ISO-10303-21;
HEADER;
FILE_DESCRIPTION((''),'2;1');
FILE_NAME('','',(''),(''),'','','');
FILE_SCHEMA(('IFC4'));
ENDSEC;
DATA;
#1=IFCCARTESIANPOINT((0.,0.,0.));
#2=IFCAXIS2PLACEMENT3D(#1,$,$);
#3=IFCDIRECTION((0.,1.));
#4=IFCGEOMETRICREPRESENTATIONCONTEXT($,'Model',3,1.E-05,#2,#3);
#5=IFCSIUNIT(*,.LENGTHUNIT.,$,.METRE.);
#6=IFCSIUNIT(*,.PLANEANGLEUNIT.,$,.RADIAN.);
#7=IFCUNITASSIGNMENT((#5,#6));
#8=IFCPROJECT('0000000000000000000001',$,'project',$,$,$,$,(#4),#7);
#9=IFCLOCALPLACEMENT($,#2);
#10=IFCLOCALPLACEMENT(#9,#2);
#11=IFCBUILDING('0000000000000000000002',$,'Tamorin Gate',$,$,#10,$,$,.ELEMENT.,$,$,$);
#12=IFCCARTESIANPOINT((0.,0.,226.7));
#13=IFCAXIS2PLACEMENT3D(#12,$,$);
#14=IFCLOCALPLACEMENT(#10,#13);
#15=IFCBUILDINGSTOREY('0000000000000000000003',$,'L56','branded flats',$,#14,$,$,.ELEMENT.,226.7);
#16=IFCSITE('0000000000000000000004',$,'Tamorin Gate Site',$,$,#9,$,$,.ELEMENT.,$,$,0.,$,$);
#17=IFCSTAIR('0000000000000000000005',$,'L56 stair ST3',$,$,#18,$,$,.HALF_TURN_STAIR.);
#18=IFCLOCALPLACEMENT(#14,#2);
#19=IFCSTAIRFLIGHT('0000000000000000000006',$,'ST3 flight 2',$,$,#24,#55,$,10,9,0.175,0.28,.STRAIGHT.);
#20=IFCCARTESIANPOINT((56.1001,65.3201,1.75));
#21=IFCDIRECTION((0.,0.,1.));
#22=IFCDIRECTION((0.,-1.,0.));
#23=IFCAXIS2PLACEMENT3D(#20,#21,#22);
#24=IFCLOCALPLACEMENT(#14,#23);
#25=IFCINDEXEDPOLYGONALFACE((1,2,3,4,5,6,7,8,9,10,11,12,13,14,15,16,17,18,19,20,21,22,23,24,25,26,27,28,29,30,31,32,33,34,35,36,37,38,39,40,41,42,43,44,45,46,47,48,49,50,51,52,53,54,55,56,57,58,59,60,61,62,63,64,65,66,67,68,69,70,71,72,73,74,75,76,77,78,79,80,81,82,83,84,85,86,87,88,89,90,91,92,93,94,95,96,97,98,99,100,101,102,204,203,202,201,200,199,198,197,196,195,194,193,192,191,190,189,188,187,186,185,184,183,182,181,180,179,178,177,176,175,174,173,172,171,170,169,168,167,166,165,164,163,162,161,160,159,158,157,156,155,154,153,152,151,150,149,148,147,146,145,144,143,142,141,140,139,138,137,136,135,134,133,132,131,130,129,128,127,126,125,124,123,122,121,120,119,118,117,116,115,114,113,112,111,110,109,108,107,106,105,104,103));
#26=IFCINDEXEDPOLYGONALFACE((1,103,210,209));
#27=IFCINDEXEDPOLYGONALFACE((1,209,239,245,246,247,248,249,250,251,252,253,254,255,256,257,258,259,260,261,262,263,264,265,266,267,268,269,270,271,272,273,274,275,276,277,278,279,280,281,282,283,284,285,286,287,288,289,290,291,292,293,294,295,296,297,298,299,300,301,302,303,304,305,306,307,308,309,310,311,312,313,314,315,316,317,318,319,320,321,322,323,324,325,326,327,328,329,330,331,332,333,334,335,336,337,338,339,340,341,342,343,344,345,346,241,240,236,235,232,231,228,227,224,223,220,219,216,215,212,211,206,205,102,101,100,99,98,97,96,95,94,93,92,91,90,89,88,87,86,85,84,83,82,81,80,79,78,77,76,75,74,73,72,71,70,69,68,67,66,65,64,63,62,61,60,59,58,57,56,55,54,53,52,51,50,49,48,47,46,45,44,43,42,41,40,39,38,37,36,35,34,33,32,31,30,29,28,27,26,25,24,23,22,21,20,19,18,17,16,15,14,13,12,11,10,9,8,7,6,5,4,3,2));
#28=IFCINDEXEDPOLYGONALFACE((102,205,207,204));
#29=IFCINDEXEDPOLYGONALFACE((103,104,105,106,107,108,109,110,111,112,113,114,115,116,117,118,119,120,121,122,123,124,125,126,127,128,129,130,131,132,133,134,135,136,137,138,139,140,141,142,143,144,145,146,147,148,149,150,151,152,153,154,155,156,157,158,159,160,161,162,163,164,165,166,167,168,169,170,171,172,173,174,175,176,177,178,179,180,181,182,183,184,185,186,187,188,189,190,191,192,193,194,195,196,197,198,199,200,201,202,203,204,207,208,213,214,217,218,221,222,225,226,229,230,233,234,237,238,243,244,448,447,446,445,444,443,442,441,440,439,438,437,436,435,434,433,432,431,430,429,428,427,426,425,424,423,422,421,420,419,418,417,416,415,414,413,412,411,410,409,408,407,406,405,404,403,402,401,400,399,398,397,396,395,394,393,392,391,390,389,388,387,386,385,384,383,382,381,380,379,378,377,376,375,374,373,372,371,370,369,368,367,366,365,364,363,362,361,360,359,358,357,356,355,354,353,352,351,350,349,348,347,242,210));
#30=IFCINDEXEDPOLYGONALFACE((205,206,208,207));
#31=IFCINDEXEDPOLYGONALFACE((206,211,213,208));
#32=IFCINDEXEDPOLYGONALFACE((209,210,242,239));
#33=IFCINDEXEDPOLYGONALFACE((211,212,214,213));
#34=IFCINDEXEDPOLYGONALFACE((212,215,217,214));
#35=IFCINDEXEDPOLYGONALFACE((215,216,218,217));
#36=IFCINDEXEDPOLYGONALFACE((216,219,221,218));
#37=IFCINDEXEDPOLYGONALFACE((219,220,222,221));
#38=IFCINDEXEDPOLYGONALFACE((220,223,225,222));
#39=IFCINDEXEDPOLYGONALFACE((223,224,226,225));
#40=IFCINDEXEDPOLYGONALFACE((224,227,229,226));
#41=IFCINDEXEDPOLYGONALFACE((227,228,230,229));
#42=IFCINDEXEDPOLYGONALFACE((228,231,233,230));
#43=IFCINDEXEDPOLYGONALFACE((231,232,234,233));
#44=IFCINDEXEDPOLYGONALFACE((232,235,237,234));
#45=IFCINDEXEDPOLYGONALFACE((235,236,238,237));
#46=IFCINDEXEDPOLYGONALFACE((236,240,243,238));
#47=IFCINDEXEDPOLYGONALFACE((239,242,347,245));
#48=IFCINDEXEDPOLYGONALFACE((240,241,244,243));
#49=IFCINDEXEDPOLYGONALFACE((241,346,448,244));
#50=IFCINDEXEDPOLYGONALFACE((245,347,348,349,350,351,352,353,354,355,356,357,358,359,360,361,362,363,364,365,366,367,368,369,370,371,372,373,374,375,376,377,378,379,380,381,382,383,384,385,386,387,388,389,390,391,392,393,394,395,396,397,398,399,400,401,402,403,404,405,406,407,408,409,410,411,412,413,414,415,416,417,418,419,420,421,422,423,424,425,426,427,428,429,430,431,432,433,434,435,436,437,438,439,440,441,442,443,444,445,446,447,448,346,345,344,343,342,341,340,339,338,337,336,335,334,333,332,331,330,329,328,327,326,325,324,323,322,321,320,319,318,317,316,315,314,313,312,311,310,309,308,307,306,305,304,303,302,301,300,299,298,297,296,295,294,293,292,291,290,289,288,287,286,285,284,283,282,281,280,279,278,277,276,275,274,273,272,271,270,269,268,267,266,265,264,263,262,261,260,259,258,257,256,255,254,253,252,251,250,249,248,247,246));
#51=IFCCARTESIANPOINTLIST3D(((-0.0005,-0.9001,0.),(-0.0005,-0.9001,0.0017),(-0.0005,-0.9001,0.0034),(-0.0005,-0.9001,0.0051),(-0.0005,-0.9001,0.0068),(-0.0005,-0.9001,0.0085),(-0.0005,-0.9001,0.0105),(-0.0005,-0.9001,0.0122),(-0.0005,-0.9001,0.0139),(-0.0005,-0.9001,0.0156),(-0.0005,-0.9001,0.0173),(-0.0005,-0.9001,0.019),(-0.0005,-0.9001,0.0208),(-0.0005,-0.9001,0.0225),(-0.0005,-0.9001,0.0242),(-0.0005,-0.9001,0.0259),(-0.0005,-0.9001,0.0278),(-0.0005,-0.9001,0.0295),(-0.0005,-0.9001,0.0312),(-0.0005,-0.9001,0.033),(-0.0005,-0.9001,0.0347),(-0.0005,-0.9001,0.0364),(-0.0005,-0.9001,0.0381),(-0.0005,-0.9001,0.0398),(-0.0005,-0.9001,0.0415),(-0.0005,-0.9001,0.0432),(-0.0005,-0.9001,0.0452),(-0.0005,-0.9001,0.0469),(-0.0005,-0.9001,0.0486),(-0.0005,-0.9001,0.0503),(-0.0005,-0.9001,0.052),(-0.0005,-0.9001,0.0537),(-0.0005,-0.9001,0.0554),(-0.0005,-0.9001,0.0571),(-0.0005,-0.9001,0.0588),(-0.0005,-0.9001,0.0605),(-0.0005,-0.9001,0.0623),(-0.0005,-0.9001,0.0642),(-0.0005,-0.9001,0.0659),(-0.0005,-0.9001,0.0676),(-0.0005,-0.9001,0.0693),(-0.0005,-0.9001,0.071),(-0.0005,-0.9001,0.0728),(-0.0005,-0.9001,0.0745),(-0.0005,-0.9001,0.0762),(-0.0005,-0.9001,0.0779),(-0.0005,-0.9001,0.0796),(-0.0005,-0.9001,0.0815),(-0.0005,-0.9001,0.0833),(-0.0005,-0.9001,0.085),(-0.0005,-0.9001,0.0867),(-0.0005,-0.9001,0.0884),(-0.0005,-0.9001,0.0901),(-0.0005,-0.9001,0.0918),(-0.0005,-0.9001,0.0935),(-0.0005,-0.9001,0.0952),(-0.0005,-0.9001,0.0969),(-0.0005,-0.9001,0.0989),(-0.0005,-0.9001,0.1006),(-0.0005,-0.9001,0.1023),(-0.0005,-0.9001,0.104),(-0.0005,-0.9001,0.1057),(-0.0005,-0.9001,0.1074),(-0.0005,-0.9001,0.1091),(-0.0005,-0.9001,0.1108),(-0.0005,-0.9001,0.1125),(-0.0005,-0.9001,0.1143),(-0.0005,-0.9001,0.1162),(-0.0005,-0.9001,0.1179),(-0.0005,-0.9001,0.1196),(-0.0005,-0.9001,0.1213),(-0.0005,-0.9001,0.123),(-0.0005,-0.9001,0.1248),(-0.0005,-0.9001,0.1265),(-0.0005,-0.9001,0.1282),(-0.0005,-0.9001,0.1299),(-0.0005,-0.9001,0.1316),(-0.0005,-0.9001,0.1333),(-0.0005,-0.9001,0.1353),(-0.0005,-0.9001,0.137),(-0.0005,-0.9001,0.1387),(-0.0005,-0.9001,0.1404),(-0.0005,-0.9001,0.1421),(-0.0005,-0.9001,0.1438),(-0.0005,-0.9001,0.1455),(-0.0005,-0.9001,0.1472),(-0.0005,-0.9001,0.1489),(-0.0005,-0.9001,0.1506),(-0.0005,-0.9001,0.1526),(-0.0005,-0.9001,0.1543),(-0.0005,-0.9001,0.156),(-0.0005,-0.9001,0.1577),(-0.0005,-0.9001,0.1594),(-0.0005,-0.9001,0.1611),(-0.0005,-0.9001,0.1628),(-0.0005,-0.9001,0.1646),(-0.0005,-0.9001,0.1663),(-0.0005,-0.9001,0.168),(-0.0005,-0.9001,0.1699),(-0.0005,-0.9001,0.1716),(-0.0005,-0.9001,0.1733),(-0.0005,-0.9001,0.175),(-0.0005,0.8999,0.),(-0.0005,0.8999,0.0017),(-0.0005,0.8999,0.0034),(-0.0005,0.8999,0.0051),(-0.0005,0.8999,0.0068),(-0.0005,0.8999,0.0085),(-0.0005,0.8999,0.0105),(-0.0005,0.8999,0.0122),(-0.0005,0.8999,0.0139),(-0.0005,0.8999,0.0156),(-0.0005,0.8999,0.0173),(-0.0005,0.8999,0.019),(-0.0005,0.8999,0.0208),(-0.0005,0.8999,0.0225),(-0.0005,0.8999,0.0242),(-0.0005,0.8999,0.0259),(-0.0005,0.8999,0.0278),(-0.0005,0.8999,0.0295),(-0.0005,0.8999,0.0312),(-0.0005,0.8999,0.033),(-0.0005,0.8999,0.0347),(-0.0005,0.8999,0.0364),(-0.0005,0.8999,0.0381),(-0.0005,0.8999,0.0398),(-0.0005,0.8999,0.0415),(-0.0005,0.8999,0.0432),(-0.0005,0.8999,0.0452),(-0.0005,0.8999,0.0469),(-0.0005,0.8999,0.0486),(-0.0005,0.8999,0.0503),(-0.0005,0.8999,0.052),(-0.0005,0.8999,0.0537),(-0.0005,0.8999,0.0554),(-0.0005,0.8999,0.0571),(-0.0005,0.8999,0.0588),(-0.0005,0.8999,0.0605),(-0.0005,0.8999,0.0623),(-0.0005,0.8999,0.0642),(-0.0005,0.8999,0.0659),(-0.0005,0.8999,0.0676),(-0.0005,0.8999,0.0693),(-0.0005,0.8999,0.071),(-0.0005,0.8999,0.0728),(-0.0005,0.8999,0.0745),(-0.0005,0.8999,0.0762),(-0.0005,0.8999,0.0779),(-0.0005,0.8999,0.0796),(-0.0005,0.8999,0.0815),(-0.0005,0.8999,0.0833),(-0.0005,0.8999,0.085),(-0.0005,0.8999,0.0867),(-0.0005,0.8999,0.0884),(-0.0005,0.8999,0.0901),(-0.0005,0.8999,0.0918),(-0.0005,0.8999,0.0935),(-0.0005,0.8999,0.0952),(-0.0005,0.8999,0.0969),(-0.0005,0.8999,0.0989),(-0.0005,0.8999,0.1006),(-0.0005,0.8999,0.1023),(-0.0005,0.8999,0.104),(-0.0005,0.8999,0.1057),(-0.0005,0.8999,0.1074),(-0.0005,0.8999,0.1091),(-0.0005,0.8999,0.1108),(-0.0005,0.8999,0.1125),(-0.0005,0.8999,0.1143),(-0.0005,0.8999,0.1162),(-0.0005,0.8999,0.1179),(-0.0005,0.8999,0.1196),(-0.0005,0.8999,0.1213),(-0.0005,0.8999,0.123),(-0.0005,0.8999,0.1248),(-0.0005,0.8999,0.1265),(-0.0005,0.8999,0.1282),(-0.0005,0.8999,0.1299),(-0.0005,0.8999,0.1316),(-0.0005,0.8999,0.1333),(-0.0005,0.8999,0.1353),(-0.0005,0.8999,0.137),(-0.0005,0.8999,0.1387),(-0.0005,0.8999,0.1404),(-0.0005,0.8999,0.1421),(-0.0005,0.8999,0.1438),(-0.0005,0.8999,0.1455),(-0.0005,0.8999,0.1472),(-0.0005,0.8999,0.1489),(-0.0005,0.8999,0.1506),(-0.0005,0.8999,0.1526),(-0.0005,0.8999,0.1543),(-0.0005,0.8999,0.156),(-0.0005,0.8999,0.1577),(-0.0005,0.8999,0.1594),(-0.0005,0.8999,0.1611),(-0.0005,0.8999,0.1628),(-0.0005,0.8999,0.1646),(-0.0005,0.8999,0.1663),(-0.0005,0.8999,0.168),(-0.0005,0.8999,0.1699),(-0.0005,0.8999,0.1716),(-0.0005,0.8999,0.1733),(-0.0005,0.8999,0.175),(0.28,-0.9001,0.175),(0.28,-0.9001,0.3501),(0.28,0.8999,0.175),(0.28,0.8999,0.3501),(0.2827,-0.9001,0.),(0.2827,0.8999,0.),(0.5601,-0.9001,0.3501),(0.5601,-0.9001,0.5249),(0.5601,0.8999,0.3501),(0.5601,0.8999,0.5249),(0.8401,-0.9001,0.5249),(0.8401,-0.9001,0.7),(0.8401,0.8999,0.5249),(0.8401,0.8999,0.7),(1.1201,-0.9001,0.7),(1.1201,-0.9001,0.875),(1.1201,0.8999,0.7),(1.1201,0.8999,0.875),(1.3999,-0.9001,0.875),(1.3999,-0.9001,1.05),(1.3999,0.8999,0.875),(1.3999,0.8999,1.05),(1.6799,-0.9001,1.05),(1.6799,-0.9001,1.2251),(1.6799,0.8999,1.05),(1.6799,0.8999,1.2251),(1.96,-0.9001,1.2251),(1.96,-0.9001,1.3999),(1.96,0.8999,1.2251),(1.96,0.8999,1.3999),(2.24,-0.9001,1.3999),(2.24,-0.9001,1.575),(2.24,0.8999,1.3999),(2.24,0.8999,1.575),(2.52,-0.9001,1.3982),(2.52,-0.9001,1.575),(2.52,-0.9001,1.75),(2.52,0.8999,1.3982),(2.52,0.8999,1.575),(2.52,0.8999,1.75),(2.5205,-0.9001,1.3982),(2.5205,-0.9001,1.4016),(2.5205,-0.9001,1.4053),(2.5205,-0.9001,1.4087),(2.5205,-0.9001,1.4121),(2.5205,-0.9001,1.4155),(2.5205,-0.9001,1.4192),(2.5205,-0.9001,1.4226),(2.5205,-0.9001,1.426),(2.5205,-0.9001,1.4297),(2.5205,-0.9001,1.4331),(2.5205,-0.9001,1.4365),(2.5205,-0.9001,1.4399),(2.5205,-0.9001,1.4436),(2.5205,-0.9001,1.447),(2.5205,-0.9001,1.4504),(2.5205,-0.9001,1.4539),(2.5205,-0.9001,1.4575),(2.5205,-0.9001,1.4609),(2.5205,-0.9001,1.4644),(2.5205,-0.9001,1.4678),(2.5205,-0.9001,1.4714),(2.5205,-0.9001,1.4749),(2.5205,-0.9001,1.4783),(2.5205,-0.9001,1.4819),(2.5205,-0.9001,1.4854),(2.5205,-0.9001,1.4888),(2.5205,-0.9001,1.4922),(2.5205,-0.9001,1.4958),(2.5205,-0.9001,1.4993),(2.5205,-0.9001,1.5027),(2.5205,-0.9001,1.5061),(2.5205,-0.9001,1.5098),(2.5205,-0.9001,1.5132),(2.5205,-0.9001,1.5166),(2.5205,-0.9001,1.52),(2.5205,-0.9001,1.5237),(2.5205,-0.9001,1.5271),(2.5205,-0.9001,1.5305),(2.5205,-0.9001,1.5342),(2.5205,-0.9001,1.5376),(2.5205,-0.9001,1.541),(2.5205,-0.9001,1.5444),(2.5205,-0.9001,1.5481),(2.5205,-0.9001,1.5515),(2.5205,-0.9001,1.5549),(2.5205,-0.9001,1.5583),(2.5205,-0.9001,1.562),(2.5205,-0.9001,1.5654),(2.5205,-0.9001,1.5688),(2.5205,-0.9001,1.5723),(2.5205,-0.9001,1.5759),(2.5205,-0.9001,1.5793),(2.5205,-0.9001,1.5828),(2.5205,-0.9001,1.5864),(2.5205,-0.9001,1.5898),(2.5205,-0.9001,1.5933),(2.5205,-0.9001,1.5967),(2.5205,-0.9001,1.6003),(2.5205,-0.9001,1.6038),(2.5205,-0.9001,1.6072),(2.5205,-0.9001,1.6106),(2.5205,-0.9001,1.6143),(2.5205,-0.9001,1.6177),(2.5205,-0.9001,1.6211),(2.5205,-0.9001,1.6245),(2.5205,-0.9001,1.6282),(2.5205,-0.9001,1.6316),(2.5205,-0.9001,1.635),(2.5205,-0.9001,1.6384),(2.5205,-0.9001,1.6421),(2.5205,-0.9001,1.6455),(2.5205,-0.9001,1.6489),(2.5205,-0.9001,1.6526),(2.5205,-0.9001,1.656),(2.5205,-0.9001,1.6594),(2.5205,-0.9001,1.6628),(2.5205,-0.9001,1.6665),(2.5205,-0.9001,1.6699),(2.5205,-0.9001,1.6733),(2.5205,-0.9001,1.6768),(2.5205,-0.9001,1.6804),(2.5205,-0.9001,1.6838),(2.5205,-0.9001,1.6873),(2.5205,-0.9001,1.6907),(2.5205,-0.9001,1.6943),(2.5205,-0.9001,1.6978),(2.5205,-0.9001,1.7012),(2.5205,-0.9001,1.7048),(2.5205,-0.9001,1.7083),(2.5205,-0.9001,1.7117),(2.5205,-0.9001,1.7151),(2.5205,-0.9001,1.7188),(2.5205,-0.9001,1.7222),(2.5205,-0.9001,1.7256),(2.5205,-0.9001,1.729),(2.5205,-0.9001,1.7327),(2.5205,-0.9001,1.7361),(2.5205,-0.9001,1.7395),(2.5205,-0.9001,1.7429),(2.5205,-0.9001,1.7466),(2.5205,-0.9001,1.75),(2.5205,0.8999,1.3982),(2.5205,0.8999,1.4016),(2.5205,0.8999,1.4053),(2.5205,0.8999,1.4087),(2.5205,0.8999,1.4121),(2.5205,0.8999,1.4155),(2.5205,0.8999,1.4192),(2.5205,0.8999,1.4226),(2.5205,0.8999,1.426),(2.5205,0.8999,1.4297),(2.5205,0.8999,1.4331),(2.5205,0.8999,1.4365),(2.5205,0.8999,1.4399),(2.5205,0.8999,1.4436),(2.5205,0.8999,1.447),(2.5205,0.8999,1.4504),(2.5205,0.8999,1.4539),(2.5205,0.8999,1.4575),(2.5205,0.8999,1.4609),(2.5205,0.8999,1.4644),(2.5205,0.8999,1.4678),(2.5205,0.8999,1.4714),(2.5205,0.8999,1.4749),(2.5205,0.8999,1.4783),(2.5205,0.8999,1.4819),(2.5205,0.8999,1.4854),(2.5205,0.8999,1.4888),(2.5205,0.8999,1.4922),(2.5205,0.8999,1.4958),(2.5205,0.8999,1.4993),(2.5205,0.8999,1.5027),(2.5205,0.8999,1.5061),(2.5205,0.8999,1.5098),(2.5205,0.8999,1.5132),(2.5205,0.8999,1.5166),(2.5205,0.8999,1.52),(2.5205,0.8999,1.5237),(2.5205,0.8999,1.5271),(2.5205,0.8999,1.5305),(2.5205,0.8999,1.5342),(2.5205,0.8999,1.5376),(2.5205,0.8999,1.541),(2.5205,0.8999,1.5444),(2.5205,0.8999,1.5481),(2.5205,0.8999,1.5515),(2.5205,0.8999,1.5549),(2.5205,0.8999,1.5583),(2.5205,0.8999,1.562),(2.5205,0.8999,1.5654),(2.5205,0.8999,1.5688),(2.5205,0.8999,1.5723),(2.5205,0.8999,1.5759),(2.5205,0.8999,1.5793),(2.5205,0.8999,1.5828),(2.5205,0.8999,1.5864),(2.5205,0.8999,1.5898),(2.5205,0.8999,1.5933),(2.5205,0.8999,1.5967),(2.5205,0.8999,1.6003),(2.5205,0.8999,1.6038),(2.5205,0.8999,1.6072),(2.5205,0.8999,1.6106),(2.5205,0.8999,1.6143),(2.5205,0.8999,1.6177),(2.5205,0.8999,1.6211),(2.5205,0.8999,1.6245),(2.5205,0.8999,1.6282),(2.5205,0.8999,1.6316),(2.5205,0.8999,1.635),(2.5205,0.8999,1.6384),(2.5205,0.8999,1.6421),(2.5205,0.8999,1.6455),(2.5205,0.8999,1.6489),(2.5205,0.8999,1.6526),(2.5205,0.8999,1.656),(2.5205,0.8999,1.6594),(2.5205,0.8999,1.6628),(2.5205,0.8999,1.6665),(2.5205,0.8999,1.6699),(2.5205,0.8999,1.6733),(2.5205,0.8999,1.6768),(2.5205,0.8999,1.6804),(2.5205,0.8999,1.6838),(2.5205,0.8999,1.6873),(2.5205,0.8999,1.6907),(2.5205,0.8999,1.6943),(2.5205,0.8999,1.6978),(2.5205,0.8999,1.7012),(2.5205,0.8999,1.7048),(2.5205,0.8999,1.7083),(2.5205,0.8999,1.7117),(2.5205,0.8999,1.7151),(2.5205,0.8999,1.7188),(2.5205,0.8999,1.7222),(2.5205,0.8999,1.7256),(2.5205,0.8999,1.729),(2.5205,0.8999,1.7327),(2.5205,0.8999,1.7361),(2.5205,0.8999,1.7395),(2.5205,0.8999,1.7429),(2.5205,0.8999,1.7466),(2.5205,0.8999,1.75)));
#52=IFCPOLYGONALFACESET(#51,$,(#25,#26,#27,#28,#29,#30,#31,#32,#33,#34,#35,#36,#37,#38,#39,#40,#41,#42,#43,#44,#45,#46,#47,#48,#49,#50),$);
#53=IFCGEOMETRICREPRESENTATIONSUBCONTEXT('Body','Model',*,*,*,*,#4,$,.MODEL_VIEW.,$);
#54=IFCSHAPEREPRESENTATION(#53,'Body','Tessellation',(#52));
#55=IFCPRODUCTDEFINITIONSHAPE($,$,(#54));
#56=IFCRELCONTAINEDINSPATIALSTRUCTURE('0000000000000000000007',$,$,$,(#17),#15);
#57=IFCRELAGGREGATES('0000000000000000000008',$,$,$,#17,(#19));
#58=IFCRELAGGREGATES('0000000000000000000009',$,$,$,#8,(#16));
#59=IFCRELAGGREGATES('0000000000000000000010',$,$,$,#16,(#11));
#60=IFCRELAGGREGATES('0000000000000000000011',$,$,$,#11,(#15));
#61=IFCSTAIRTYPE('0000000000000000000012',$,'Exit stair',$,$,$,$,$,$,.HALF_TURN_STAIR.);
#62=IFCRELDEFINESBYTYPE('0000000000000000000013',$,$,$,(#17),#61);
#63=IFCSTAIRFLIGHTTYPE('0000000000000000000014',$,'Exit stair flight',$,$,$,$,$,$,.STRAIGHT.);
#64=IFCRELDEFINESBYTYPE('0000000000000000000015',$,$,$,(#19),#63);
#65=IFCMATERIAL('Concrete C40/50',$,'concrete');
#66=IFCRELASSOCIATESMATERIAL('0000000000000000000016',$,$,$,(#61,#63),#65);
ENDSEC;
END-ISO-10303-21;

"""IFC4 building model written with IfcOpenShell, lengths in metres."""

from ifc_helpers import new_model, si_unit, direction, frame, origin, place, context, subcontext, project, spatial, polyline, outline, extrude, material, type_object, element, aggregate, save


model = new_model("IFC4")

# Units and contexts
model_context = context("Model", 3, precision=1e-05, world=origin(), true_north=direction((0.0, 1.0)))
body_context = subcontext(model_context, "Body", "Model", "MODEL_VIEW")
ifc_project = project(units=[si_unit("LENGTHUNIT", "METRE"), si_unit("PLANEANGLEUNIT", "RADIAN")], contexts=[model_context])

# Site, building, storey
site_placement = place(None, origin())
site = spatial("IfcSite", under=ifc_project, at=site_placement, Name="Tamorin Gate Site", CompositionType="ELEMENT", RefElevation=0.0)
building_placement = place(site_placement, origin())
building = spatial("IfcBuilding", under=site, at=building_placement, Name="Tamorin Gate", CompositionType="ELEMENT")
storey_placement = place(building_placement, frame((0.0, 0.0, 226.7)))
storey = spatial("IfcBuildingStorey", under=building, at=storey_placement, Name="L56", Description="branded flats", CompositionType="ELEMENT", Elevation=226.7)

# Shared definitions
ifc_material_1 = material(Name="Concrete C40/50", Category="concrete")

# Stair, stair flight
stair_type = type_object("IfcStairType", Name="Exit stair", PredefinedType="HALF_TURN_STAIR", material=ifc_material_1)
stair_placement = place(storey_placement, origin())
stair = element("IfcStair", 1, at=stair_placement, inside=storey, type_object=stair_type, Name="L56 stair ST3", PredefinedType="HALF_TURN_STAIR")
stair_flight_type = type_object("IfcStairFlightType", Name="Exit stair flight", PredefinedType="STRAIGHT", material=ifc_material_1)
stair_flight_1_placement = place(storey_placement, frame((56.1001, 65.3201, 1.75), z_axis=(0.0, 0.0, 1.0), x_axis=(0.0, -1.0, 0.0)))
stair_flight_1 = element("IfcStairFlight", 2, at=stair_flight_1_placement, type_object=stair_flight_type, Name="ST3 flight 2", NumberOfRisers=10, NumberOfTreads=9, PredefinedType="STRAIGHT", RiserHeight=0.175, TreadLength=0.28, context=body_context, shape_type="SweptSolid", body=[
    extrude(outline(polyline([(-0.0005, 0.0), (-0.0005, 0.0017), (-0.0005, 0.0034), (-0.0005, 0.0051), (-0.0005, 0.0068), (-0.0005, 0.0085), (-0.0005, 0.0105), (-0.0005, 0.0122), (-0.0005, 0.0139), (-0.0005, 0.0156), (-0.0005, 0.0173), (-0.0005, 0.019), (-0.0005, 0.0208), (-0.0005, 0.0225), (-0.0005, 0.0242), (-0.0005, 0.0259), (-0.0005, 0.0278), (-0.0005, 0.0295), (-0.0005, 0.0312), (-0.0005, 0.033), (-0.0005, 0.0347), (-0.0005, 0.0364), (-0.0005, 0.0381), (-0.0005, 0.0398), (-0.0005, 0.0415), (-0.0005, 0.0432), (-0.0005, 0.0452), (-0.0005, 0.0469), (-0.0005, 0.0486), (-0.0005, 0.0503), (-0.0005, 0.052), (-0.0005, 0.0537), (-0.0005, 0.0554), (-0.0005, 0.0571), (-0.0005, 0.0588), (-0.0005, 0.0605), (-0.0005, 0.0623), (-0.0005, 0.0642), (-0.0005, 0.0659), (-0.0005, 0.0676), (-0.0005, 0.0693), (-0.0005, 0.071), (-0.0005, 0.0728), (-0.0005, 0.0745), (-0.0005, 0.0762), (-0.0005, 0.0779), (-0.0005, 0.0796), (-0.0005, 0.0815), (-0.0005, 0.0833), (-0.0005, 0.085), (-0.0005, 0.0867), (-0.0005, 0.0884), (-0.0005, 0.0901), (-0.0005, 0.0918), (-0.0005, 0.0935), (-0.0005, 0.0952), (-0.0005, 0.0969), (-0.0005, 0.0989), (-0.0005, 0.1006), (-0.0005, 0.1023), (-0.0005, 0.104), (-0.0005, 0.1057), (-0.0005, 0.1074), (-0.0005, 0.1091), (-0.0005, 0.1108), (-0.0005, 0.1125), (-0.0005, 0.1143), (-0.0005, 0.1162), (-0.0005, 0.1179), (-0.0005, 0.1196), (-0.0005, 0.1213), (-0.0005, 0.123), (-0.0005, 0.1248), (-0.0005, 0.1265), (-0.0005, 0.1282), (-0.0005, 0.1299), (-0.0005, 0.1316), (-0.0005, 0.1333), (-0.0005, 0.1353), (-0.0005, 0.137), (-0.0005, 0.1387), (-0.0005, 0.1404), (-0.0005, 0.1421), (-0.0005, 0.1438), (-0.0005, 0.1455), (-0.0005, 0.1472), (-0.0005, 0.1489), (-0.0005, 0.1506), (-0.0005, 0.1526), (-0.0005, 0.1543), (-0.0005, 0.156), (-0.0005, 0.1577), (-0.0005, 0.1594), (-0.0005, 0.1611), (-0.0005, 0.1628), (-0.0005, 0.1646), (-0.0005, 0.1663), (-0.0005, 0.168), (-0.0005, 0.1699), (-0.0005, 0.1716), (-0.0005, 0.1733), (-0.0005, 0.175), (0.28, 0.175), (0.28, 0.3501), (0.5601, 0.3501), (0.5601, 0.5249), (0.8401, 0.5249), (0.8401, 0.7), (1.1201, 0.7), (1.1201, 0.875), (1.3999, 0.875), (1.3999, 1.05), (1.6799, 1.05), (1.6799, 1.2251), (1.96, 1.2251), (1.96, 1.3999), (2.24, 1.3999), (2.24, 1.575), (2.52, 1.575), (2.52, 1.75), (2.5205, 1.75), (2.5205, 1.7466), (2.5205, 1.7429), (2.5205, 1.7395), (2.5205, 1.7361), (2.5205, 1.7327), (2.5205, 1.729), (2.5205, 1.7256), (2.5205, 1.7222), (2.5205, 1.7188), (2.5205, 1.7151), (2.5205, 1.7117), (2.5205, 1.7083), (2.5205, 1.7048), (2.5205, 1.7012), (2.5205, 1.6978), (2.5205, 1.6943), (2.5205, 1.6907), (2.5205, 1.6873), (2.5205, 1.6838), (2.5205, 1.6804), (2.5205, 1.6768), (2.5205, 1.6733), (2.5205, 1.6699), (2.5205, 1.6665), (2.5205, 1.6628), (2.5205, 1.6594), (2.5205, 1.656), (2.5205, 1.6526), (2.5205, 1.6489), (2.5205, 1.6455), (2.5205, 1.6421), (2.5205, 1.6384), (2.5205, 1.635), (2.5205, 1.6316), (2.5205, 1.6282), (2.5205, 1.6245), (2.5205, 1.6211), (2.5205, 1.6177), (2.5205, 1.6143), (2.5205, 1.6106), (2.5205, 1.6072), (2.5205, 1.6038), (2.5205, 1.6003), (2.5205, 1.5967), (2.5205, 1.5933), (2.5205, 1.5898), (2.5205, 1.5864), (2.5205, 1.5828), (2.5205, 1.5793), (2.5205, 1.5759), (2.5205, 1.5723), (2.5205, 1.5688), (2.5205, 1.5654), (2.5205, 1.562), (2.5205, 1.5583), (2.5205, 1.5549), (2.5205, 1.5515), (2.5205, 1.5481), (2.5205, 1.5444), (2.5205, 1.541), (2.5205, 1.5376), (2.5205, 1.5342), (2.5205, 1.5305), (2.5205, 1.5271), (2.5205, 1.5237), (2.5205, 1.52), (2.5205, 1.5166), (2.5205, 1.5132), (2.5205, 1.5098), (2.5205, 1.5061), (2.5205, 1.5027), (2.5205, 1.4993), (2.5205, 1.4958), (2.5205, 1.4922), (2.5205, 1.4888), (2.5205, 1.4854), (2.5205, 1.4819), (2.5205, 1.4783), (2.5205, 1.4749), (2.5205, 1.4714), (2.5205, 1.4678), (2.5205, 1.4644), (2.5205, 1.4609), (2.5205, 1.4575), (2.5205, 1.4539), (2.5205, 1.4504), (2.5205, 1.447), (2.5205, 1.4436), (2.5205, 1.4399), (2.5205, 1.4365), (2.5205, 1.4331), (2.5205, 1.4297), (2.5205, 1.426), (2.5205, 1.4226), (2.5205, 1.4192), (2.5205, 1.4155), (2.5205, 1.4121), (2.5205, 1.4087), (2.5205, 1.4053), (2.5205, 1.4016), (2.5205, 1.3982), (2.52, 1.3982), (0.2827, 0.0), (-0.0005, 0.0)])), frame((0.0, 0.8999, 0.0), z_axis=(0.0, -1.0, 0.0), x_axis=(1.0, 0.0, 0.0)), (0.0, 0.0, 1.0), 1.8),
])
aggregate(stair, [stair_flight_1])

save(model, "model.ifc")
